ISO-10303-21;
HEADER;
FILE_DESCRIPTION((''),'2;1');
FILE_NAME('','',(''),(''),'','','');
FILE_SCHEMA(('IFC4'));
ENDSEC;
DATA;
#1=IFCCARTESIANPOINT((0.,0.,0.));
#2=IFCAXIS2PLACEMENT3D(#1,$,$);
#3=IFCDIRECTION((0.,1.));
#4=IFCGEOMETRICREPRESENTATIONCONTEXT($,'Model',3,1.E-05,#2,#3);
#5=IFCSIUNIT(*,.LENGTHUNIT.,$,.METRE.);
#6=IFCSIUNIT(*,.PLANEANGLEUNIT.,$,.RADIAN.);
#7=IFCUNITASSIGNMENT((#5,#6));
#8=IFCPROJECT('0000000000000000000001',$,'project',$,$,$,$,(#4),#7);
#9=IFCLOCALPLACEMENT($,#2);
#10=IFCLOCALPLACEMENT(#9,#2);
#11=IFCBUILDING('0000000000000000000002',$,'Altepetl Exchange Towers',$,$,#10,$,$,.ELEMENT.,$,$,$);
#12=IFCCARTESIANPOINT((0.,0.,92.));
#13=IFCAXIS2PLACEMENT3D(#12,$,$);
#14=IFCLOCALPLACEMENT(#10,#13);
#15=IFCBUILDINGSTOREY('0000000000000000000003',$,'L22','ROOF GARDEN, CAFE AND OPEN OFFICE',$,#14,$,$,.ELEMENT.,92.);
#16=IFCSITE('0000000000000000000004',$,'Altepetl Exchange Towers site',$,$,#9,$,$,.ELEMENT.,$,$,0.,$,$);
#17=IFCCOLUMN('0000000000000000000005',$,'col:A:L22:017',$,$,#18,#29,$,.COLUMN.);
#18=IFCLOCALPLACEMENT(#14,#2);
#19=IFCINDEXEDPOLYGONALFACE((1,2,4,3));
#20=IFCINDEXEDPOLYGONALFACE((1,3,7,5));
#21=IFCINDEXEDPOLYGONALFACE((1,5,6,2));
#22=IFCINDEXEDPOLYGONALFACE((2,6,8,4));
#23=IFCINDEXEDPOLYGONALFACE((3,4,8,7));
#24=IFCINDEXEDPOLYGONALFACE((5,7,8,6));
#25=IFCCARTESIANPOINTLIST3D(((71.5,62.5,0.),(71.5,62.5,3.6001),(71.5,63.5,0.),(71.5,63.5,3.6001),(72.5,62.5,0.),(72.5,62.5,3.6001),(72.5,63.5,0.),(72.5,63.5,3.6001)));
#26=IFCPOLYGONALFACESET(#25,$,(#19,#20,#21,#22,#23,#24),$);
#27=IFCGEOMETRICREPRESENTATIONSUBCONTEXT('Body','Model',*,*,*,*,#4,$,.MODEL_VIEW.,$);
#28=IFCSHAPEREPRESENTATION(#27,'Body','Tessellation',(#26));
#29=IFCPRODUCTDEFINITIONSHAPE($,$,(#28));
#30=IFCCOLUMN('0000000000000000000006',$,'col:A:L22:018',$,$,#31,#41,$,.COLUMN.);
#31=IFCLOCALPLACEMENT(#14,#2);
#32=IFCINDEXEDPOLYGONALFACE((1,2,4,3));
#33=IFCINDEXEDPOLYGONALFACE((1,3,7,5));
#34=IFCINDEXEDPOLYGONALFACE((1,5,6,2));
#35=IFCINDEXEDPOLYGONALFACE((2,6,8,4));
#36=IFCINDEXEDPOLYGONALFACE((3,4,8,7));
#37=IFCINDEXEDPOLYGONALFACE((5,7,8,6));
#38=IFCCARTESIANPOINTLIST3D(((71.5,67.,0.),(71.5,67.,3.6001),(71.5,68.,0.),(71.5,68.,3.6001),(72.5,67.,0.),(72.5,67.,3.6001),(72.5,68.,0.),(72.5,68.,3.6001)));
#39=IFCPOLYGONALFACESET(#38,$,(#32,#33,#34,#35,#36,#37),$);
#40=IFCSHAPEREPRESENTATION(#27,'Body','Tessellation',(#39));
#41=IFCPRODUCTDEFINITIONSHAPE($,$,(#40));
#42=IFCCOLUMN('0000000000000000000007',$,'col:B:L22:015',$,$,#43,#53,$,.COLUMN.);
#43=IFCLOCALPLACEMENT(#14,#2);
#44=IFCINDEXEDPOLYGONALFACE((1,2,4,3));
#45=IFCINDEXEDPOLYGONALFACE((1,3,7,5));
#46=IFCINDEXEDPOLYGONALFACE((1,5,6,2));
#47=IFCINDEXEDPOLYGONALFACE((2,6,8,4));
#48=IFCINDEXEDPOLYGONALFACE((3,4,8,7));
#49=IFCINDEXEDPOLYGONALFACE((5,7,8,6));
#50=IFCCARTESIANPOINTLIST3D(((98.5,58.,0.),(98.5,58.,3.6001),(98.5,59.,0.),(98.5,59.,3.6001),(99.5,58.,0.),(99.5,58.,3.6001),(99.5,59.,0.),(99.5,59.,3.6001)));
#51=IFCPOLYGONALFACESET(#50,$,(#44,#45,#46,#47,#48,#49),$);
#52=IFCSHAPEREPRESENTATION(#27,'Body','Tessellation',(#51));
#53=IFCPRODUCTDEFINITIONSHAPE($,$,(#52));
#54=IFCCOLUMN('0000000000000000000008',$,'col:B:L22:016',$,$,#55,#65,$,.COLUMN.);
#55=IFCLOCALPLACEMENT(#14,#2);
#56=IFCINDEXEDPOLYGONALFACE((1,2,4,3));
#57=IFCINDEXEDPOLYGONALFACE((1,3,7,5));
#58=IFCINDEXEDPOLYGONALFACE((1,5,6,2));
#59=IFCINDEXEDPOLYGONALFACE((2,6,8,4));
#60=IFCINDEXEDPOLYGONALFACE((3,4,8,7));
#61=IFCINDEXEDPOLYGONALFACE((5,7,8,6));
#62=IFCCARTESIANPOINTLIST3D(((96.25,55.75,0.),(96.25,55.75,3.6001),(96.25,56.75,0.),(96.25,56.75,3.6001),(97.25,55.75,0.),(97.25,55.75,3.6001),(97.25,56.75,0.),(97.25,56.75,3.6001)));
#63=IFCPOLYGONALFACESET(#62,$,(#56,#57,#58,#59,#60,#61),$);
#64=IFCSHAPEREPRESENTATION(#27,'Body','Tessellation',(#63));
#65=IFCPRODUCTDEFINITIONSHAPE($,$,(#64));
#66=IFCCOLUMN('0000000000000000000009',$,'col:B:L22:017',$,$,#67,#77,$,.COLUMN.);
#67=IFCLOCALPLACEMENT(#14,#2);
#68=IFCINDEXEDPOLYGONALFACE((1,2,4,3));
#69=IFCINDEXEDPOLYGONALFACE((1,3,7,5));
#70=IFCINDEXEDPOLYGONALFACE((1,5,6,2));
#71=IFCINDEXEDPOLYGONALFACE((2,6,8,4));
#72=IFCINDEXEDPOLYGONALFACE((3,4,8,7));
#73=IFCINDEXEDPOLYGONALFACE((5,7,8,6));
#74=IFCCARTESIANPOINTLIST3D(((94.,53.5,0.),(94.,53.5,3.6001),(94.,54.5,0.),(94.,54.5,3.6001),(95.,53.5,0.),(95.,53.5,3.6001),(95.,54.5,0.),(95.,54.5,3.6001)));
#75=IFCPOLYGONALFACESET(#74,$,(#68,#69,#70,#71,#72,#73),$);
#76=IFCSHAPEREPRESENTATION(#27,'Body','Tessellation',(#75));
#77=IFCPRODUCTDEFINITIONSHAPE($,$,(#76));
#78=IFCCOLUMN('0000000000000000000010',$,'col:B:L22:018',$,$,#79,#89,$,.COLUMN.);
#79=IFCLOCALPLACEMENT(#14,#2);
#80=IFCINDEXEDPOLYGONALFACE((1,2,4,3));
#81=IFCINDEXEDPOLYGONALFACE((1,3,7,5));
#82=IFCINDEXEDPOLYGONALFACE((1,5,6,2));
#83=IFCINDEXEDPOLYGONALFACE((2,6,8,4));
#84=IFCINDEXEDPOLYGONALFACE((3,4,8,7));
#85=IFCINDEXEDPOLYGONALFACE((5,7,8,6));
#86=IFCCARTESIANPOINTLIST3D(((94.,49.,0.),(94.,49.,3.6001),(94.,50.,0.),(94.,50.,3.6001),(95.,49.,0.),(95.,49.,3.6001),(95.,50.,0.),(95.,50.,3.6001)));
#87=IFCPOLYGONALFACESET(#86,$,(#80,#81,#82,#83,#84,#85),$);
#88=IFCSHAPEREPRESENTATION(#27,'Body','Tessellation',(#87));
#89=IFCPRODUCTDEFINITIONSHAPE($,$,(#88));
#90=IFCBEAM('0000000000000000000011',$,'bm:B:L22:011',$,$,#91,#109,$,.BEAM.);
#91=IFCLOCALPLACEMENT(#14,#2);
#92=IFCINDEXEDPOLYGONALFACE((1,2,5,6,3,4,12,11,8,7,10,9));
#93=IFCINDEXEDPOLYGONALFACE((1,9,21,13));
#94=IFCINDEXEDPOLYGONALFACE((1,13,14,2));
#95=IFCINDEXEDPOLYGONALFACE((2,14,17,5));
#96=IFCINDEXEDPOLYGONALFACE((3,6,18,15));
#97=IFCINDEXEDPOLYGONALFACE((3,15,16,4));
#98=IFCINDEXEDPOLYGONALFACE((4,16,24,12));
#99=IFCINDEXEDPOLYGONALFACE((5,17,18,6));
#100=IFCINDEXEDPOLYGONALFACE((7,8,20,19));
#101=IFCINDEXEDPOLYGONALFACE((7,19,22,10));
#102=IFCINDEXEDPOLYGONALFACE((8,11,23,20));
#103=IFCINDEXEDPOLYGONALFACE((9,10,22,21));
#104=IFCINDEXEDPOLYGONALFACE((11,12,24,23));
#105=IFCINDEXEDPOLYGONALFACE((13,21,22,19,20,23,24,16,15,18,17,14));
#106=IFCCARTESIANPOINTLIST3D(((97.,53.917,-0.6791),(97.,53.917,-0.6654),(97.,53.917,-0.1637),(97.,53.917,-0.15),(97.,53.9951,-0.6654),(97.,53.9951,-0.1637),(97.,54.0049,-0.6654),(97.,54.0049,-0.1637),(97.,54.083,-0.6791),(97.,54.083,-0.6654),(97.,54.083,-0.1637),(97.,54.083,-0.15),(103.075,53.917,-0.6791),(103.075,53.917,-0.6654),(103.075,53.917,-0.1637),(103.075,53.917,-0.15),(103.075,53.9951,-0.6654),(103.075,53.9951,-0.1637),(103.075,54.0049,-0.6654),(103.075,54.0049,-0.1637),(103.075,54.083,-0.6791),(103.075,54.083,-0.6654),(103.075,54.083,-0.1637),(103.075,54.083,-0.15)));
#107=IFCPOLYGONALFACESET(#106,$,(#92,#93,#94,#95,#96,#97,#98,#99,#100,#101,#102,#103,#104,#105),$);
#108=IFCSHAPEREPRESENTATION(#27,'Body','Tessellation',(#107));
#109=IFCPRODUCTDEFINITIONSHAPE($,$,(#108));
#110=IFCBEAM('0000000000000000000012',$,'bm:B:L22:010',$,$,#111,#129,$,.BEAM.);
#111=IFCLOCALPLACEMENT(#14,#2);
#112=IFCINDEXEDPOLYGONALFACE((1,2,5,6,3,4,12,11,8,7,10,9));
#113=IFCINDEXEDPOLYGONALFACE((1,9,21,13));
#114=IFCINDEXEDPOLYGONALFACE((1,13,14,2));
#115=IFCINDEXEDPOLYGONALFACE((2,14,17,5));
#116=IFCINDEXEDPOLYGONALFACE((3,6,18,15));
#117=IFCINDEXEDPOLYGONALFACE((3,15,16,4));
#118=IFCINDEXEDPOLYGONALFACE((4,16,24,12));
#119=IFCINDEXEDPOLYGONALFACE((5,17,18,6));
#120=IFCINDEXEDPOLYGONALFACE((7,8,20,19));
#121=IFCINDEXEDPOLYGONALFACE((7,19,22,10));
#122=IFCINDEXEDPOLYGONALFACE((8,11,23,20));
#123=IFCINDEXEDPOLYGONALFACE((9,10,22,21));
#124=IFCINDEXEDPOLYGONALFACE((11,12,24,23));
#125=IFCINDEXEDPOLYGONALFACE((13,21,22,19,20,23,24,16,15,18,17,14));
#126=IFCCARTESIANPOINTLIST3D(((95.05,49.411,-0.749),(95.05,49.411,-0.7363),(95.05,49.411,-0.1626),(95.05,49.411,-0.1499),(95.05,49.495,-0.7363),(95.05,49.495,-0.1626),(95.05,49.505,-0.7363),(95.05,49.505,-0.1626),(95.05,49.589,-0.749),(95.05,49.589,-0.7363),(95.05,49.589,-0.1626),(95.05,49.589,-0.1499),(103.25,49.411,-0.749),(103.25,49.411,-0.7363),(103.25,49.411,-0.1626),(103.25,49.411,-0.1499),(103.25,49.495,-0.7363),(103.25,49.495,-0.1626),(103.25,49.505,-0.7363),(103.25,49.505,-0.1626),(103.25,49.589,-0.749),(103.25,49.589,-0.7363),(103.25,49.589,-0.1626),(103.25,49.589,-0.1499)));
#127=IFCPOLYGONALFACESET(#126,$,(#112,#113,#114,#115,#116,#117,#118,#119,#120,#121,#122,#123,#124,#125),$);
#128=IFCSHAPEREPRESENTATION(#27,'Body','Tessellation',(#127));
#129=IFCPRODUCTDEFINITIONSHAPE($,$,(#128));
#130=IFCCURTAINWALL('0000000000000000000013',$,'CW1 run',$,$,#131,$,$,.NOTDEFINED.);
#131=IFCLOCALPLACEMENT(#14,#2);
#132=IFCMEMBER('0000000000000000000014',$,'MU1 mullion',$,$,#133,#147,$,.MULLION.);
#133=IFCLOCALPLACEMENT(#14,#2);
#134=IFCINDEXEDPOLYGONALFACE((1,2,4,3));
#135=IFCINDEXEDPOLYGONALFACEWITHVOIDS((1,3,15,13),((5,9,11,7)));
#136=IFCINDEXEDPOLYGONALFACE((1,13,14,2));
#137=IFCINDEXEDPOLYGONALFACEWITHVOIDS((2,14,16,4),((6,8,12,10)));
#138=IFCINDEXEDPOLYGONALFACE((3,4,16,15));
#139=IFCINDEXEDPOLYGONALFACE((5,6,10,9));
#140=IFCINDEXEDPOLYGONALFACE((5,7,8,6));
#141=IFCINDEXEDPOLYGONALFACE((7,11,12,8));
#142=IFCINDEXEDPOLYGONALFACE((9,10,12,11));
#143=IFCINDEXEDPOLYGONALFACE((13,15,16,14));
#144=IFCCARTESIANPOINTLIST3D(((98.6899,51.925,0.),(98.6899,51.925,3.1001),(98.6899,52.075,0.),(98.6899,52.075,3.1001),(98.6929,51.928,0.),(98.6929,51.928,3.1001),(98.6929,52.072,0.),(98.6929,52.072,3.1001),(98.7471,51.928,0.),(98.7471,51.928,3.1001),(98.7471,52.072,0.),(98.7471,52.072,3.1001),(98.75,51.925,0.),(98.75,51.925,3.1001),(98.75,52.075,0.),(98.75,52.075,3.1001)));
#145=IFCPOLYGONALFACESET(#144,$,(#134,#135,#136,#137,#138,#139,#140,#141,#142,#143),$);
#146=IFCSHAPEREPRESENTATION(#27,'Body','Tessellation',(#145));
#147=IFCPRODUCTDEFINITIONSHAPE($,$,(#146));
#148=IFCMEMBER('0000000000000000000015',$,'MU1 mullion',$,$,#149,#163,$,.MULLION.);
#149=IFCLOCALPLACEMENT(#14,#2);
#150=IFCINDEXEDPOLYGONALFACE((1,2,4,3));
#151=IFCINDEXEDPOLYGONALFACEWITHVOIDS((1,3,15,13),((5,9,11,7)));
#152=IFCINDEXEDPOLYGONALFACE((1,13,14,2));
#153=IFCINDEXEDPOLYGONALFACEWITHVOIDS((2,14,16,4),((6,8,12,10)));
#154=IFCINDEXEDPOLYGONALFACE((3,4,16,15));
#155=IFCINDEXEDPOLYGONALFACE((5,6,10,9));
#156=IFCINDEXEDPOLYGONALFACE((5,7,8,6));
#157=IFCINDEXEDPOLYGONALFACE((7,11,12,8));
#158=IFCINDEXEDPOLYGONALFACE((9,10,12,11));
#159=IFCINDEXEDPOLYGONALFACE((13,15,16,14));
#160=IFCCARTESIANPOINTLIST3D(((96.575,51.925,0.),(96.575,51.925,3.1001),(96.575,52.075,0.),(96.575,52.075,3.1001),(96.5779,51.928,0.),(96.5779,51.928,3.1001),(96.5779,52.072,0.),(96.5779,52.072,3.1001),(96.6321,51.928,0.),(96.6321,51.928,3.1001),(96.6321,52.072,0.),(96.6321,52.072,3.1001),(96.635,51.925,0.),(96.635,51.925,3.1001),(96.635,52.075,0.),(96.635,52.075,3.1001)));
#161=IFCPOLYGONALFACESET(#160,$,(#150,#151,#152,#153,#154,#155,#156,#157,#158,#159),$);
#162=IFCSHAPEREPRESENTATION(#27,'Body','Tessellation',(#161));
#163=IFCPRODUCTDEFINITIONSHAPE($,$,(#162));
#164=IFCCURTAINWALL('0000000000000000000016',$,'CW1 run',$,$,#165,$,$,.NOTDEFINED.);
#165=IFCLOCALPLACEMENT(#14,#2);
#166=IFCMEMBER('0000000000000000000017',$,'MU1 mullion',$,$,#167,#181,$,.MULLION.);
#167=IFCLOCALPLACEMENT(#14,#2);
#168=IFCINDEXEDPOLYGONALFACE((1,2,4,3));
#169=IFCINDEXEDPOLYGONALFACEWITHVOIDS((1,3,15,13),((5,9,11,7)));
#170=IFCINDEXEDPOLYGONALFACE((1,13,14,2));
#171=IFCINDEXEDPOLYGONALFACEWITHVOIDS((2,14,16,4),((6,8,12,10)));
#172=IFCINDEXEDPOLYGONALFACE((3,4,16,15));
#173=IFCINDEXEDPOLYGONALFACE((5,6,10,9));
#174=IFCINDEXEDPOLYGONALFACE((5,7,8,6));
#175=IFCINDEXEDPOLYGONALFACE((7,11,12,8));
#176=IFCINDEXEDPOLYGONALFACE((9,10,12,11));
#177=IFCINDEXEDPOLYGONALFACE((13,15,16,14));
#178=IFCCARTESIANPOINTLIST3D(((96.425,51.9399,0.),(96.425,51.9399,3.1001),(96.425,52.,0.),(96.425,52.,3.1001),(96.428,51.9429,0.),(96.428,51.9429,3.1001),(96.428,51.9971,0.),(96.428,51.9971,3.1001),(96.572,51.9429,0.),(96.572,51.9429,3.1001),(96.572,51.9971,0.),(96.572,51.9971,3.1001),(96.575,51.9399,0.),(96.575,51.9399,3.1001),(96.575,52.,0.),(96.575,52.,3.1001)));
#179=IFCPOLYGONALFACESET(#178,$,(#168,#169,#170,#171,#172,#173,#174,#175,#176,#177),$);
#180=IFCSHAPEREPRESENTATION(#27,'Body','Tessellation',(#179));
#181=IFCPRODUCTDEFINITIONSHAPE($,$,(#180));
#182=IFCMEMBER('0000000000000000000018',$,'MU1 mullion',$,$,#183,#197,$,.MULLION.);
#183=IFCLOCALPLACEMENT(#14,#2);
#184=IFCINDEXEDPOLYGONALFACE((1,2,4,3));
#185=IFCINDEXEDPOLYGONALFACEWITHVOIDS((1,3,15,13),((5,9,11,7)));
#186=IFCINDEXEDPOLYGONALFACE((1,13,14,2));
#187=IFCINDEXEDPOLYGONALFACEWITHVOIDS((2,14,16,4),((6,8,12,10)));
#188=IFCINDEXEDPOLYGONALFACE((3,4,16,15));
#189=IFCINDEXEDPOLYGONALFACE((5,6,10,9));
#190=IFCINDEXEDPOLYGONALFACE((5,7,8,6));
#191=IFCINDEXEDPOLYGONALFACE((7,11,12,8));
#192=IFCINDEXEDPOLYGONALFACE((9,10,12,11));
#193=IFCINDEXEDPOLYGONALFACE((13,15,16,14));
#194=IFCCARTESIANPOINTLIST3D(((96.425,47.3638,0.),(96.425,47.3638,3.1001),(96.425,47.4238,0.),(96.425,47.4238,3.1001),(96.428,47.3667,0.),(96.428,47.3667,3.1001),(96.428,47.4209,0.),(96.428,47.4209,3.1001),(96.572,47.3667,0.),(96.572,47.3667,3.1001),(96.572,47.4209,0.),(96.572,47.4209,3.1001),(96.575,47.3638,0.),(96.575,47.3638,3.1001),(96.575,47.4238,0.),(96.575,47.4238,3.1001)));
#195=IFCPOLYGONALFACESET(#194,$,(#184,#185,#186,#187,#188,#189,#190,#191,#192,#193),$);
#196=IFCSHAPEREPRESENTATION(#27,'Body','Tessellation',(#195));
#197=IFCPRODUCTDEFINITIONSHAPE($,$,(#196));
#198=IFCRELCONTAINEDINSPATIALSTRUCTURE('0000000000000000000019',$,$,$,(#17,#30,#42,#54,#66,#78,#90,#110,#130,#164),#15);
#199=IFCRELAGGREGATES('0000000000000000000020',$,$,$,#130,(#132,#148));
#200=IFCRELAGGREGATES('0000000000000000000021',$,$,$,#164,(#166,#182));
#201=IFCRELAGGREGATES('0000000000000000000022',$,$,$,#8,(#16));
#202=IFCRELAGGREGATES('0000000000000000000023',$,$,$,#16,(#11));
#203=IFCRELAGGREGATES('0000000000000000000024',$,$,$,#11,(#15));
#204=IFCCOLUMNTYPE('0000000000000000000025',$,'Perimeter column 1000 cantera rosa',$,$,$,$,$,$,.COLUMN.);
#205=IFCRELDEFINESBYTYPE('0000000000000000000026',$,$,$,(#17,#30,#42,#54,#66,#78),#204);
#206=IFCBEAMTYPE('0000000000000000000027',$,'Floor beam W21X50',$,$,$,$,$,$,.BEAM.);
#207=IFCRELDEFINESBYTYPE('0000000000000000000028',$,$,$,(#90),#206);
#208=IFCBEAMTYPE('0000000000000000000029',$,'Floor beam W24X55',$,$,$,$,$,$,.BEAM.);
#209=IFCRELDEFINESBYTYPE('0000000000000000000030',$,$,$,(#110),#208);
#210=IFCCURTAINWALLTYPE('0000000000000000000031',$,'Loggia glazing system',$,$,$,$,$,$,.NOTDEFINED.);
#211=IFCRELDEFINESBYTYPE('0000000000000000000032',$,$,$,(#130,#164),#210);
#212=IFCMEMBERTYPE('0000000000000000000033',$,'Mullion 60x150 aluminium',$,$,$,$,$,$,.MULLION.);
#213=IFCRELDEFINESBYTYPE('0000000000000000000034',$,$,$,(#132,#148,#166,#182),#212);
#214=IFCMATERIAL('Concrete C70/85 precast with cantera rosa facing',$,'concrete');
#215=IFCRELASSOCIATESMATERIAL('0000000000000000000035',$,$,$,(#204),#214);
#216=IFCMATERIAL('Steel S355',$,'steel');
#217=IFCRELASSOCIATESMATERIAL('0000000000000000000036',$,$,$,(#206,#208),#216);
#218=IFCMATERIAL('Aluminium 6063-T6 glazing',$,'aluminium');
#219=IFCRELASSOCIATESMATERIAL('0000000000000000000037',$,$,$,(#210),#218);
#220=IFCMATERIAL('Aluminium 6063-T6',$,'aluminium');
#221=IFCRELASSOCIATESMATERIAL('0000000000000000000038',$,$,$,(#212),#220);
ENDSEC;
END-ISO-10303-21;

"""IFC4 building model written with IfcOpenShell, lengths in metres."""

from ifc_helpers import new_model, si_unit, direction, frame, origin, origin_2d, place, context, subcontext, project, spatial, rectangle, hollow_rectangle, i_section, extrude, material, material_profile, profile_set, type_object, element, aggregate, save


model = new_model("IFC4")

# Units and contexts
model_context = context("Model", 3, precision=1e-05, world=origin(), true_north=direction((0.0, 1.0)))
body_context = subcontext(model_context, "Body", "Model", "MODEL_VIEW")
ifc_project = project(units=[si_unit("LENGTHUNIT", "METRE"), si_unit("PLANEANGLEUNIT", "RADIAN")], contexts=[model_context])

# Site, building, storey
site_placement = place(None, origin())
site = spatial("IfcSite", under=ifc_project, at=site_placement, Name="Altepetl Exchange Towers site", CompositionType="ELEMENT", RefElevation=0.0)
building_placement = place(site_placement, origin())
building = spatial("IfcBuilding", under=site, at=building_placement, Name="Altepetl Exchange Towers", CompositionType="ELEMENT")
storey_placement = place(building_placement, frame((0.0, 0.0, 92.0)))
storey = spatial("IfcBuildingStorey", under=building, at=storey_placement, Name="L22", Description="ROOF GARDEN, CAFE AND OPEN OFFICE", CompositionType="ELEMENT", Elevation=92.0)

# Columns
ifc_material_1 = material(Name="Concrete C70/85 precast with cantera rosa facing", Category="concrete")
ifc_material_profile_1 = material_profile(ifc_material_1, rectangle(XDim=1.0, YDim=1.0, at=origin_2d()), Name="1000 x 1000")
ifc_profile_set_1 = profile_set([ifc_material_profile_1], Name="Concrete C70/85 precast with cantera rosa facing")
column_type = type_object("IfcColumnType", Name="Perimeter column 1000 cantera rosa", PredefinedType="COLUMN", material=ifc_profile_set_1)
for number, where, name in (
    (1, (72.0, 63.0, 0.0), "col:A:L22:017"),
    (2, (72.0, 67.5, 0.0), "col:A:L22:018"),
    (3, (99.0, 58.5, 0.0), "col:B:L22:015"),
    (4, (96.75, 56.25, 0.0), "col:B:L22:016"),
    (5, (94.5, 54.0, 0.0), "col:B:L22:017"),
    (6, (94.5, 49.5, 0.0), "col:B:L22:018"),
):
    element("IfcColumn", number, at=place(storey_placement, frame(where)), inside=storey, type_object=column_type, Name=name, PredefinedType="COLUMN", context=body_context, shape_type="SweptSolid", body=[
        extrude(rectangle(XDim=1.0, YDim=1.0, at=origin_2d()), origin(), (0.0, 0.0, 1.0), 3.6001),
    ])

# Beams
ifc_material_2 = material(Name="Steel S355", Category="steel")
ifc_material_profile_2 = material_profile(ifc_material_2, i_section(OverallWidth=0.166, OverallDepth=0.5291, WebThickness=0.0098, FlangeThickness=0.0137, at=origin_2d()), Name="W21X50")
ifc_profile_set_2 = profile_set([ifc_material_profile_2], Name="Steel S355")
beam_type_1 = type_object("IfcBeamType", Name="Floor beam W21X50", PredefinedType="BEAM", material=ifc_profile_set_2)
beam_1_placement = place(storey_placement, frame((97.0, 54.0, -0.4146), z_axis=(1.0, 0.0, 0.0), x_axis=(0.0, 1.0, 0.0)))
element("IfcBeam", 7, at=beam_1_placement, inside=storey, type_object=beam_type_1, Name="bm:B:L22:011", PredefinedType="BEAM", context=body_context, shape_type="SweptSolid", body=[
    extrude(i_section(OverallWidth=0.166, OverallDepth=0.5291, WebThickness=0.0098, FlangeThickness=0.0137, at=origin_2d()), origin(), (0.0, 0.0, 1.0), 6.075),
])
ifc_material_profile_3 = material_profile(ifc_material_2, i_section(OverallWidth=0.178, OverallDepth=0.5991, WebThickness=0.01, FlangeThickness=0.0127, at=origin_2d()), Name="W24X55")
ifc_profile_set_3 = profile_set([ifc_material_profile_3], Name="Steel S355")
beam_type_2 = type_object("IfcBeamType", Name="Floor beam W24X55", PredefinedType="BEAM", material=ifc_profile_set_3)
beam_2_placement = place(storey_placement, frame((95.05, 49.5, -0.4495), z_axis=(1.0, 0.0, 0.0), x_axis=(0.0, 1.0, 0.0)))
element("IfcBeam", 8, at=beam_2_placement, inside=storey, type_object=beam_type_2, Name="bm:B:L22:010", PredefinedType="BEAM", context=body_context, shape_type="SweptSolid", body=[
    extrude(i_section(OverallWidth=0.178, OverallDepth=0.5991, WebThickness=0.01, FlangeThickness=0.0127, at=origin_2d()), origin(), (0.0, 0.0, 1.0), 8.2),
])

# Curtain walls, members
ifc_material_3 = material(Name="Aluminium 6063-T6 glazing", Category="aluminium")
curtain_wall_type = type_object("IfcCurtainWallType", Name="Loggia glazing system", PredefinedType="NOTDEFINED", material=ifc_material_3)
curtain_wall_1_placement = place(storey_placement, origin())
curtain_wall_1 = element("IfcCurtainWall", 9, at=curtain_wall_1_placement, inside=storey, type_object=curtain_wall_type, Name="CW1 run", PredefinedType="NOTDEFINED")
ifc_material_4 = material(Name="Aluminium 6063-T6", Category="aluminium")
ifc_material_profile_4 = material_profile(ifc_material_4, hollow_rectangle(XDim=0.0601, YDim=0.1499, WallThickness=0.0029, at=origin_2d()), Name="Mullion 60x150 aluminium")
ifc_profile_set_4 = profile_set([ifc_material_profile_4], Name="Aluminium 6063-T6")
member_type = type_object("IfcMemberType", Name="Mullion 60x150 aluminium", PredefinedType="MULLION", material=ifc_profile_set_4)
member_1_placement = place(storey_placement, frame((98.72, 52.0, 0.0), z_axis=(0.0, 0.0, 1.0), x_axis=(-1.0, 0.0, 0.0)))
member_1 = element("IfcMember", 10, at=member_1_placement, type_object=member_type, Name="MU1 mullion", PredefinedType="MULLION", context=body_context, shape_type="SweptSolid", body=[
    extrude(hollow_rectangle(XDim=0.0601, YDim=0.1499, WallThickness=0.0029, at=origin_2d()), origin(), (0.0, 0.0, 1.0), 3.1001),
])
member_2_placement = place(storey_placement, frame((96.605, 52.0, 0.0), z_axis=(0.0, 0.0, 1.0), x_axis=(-1.0, 0.0, 0.0)))
member_2 = element("IfcMember", 11, at=member_2_placement, type_object=member_type, Name="MU1 mullion", PredefinedType="MULLION", context=body_context, shape_type="SweptSolid", body=[
    extrude(hollow_rectangle(XDim=0.0601, YDim=0.1499, WallThickness=0.0029, at=origin_2d()), origin(), (0.0, 0.0, 1.0), 3.1001),
])
curtain_wall_2_placement = place(storey_placement, origin())
curtain_wall_2 = element("IfcCurtainWall", 12, at=curtain_wall_2_placement, inside=storey, type_object=curtain_wall_type, Name="CW1 run", PredefinedType="NOTDEFINED")
member_3_placement = place(storey_placement, frame((96.5, 51.97, 0.0), z_axis=(0.0, 0.0, 1.0), x_axis=(0.0, -1.0, 0.0)))
member_3 = element("IfcMember", 13, at=member_3_placement, type_object=member_type, Name="MU1 mullion", PredefinedType="MULLION", context=body_context, shape_type="SweptSolid", body=[
    extrude(hollow_rectangle(XDim=0.0601, YDim=0.1499, WallThickness=0.0029, at=origin_2d()), origin(), (0.0, 0.0, 1.0), 3.1001),
])
member_4_placement = place(storey_placement, frame((96.5, 47.3938, 0.0), z_axis=(0.0, 0.0, 1.0), x_axis=(0.0, -1.0, 0.0)))
member_4 = element("IfcMember", 14, at=member_4_placement, type_object=member_type, Name="MU1 mullion", PredefinedType="MULLION", context=body_context, shape_type="SweptSolid", body=[
    extrude(hollow_rectangle(XDim=0.0601, YDim=0.1499, WallThickness=0.0029, at=origin_2d()), origin(), (0.0, 0.0, 1.0), 3.1001),
])

aggregate(curtain_wall_1, [member_1, member_2])
aggregate(curtain_wall_2, [member_3, member_4])

save(model, "model.ifc")
